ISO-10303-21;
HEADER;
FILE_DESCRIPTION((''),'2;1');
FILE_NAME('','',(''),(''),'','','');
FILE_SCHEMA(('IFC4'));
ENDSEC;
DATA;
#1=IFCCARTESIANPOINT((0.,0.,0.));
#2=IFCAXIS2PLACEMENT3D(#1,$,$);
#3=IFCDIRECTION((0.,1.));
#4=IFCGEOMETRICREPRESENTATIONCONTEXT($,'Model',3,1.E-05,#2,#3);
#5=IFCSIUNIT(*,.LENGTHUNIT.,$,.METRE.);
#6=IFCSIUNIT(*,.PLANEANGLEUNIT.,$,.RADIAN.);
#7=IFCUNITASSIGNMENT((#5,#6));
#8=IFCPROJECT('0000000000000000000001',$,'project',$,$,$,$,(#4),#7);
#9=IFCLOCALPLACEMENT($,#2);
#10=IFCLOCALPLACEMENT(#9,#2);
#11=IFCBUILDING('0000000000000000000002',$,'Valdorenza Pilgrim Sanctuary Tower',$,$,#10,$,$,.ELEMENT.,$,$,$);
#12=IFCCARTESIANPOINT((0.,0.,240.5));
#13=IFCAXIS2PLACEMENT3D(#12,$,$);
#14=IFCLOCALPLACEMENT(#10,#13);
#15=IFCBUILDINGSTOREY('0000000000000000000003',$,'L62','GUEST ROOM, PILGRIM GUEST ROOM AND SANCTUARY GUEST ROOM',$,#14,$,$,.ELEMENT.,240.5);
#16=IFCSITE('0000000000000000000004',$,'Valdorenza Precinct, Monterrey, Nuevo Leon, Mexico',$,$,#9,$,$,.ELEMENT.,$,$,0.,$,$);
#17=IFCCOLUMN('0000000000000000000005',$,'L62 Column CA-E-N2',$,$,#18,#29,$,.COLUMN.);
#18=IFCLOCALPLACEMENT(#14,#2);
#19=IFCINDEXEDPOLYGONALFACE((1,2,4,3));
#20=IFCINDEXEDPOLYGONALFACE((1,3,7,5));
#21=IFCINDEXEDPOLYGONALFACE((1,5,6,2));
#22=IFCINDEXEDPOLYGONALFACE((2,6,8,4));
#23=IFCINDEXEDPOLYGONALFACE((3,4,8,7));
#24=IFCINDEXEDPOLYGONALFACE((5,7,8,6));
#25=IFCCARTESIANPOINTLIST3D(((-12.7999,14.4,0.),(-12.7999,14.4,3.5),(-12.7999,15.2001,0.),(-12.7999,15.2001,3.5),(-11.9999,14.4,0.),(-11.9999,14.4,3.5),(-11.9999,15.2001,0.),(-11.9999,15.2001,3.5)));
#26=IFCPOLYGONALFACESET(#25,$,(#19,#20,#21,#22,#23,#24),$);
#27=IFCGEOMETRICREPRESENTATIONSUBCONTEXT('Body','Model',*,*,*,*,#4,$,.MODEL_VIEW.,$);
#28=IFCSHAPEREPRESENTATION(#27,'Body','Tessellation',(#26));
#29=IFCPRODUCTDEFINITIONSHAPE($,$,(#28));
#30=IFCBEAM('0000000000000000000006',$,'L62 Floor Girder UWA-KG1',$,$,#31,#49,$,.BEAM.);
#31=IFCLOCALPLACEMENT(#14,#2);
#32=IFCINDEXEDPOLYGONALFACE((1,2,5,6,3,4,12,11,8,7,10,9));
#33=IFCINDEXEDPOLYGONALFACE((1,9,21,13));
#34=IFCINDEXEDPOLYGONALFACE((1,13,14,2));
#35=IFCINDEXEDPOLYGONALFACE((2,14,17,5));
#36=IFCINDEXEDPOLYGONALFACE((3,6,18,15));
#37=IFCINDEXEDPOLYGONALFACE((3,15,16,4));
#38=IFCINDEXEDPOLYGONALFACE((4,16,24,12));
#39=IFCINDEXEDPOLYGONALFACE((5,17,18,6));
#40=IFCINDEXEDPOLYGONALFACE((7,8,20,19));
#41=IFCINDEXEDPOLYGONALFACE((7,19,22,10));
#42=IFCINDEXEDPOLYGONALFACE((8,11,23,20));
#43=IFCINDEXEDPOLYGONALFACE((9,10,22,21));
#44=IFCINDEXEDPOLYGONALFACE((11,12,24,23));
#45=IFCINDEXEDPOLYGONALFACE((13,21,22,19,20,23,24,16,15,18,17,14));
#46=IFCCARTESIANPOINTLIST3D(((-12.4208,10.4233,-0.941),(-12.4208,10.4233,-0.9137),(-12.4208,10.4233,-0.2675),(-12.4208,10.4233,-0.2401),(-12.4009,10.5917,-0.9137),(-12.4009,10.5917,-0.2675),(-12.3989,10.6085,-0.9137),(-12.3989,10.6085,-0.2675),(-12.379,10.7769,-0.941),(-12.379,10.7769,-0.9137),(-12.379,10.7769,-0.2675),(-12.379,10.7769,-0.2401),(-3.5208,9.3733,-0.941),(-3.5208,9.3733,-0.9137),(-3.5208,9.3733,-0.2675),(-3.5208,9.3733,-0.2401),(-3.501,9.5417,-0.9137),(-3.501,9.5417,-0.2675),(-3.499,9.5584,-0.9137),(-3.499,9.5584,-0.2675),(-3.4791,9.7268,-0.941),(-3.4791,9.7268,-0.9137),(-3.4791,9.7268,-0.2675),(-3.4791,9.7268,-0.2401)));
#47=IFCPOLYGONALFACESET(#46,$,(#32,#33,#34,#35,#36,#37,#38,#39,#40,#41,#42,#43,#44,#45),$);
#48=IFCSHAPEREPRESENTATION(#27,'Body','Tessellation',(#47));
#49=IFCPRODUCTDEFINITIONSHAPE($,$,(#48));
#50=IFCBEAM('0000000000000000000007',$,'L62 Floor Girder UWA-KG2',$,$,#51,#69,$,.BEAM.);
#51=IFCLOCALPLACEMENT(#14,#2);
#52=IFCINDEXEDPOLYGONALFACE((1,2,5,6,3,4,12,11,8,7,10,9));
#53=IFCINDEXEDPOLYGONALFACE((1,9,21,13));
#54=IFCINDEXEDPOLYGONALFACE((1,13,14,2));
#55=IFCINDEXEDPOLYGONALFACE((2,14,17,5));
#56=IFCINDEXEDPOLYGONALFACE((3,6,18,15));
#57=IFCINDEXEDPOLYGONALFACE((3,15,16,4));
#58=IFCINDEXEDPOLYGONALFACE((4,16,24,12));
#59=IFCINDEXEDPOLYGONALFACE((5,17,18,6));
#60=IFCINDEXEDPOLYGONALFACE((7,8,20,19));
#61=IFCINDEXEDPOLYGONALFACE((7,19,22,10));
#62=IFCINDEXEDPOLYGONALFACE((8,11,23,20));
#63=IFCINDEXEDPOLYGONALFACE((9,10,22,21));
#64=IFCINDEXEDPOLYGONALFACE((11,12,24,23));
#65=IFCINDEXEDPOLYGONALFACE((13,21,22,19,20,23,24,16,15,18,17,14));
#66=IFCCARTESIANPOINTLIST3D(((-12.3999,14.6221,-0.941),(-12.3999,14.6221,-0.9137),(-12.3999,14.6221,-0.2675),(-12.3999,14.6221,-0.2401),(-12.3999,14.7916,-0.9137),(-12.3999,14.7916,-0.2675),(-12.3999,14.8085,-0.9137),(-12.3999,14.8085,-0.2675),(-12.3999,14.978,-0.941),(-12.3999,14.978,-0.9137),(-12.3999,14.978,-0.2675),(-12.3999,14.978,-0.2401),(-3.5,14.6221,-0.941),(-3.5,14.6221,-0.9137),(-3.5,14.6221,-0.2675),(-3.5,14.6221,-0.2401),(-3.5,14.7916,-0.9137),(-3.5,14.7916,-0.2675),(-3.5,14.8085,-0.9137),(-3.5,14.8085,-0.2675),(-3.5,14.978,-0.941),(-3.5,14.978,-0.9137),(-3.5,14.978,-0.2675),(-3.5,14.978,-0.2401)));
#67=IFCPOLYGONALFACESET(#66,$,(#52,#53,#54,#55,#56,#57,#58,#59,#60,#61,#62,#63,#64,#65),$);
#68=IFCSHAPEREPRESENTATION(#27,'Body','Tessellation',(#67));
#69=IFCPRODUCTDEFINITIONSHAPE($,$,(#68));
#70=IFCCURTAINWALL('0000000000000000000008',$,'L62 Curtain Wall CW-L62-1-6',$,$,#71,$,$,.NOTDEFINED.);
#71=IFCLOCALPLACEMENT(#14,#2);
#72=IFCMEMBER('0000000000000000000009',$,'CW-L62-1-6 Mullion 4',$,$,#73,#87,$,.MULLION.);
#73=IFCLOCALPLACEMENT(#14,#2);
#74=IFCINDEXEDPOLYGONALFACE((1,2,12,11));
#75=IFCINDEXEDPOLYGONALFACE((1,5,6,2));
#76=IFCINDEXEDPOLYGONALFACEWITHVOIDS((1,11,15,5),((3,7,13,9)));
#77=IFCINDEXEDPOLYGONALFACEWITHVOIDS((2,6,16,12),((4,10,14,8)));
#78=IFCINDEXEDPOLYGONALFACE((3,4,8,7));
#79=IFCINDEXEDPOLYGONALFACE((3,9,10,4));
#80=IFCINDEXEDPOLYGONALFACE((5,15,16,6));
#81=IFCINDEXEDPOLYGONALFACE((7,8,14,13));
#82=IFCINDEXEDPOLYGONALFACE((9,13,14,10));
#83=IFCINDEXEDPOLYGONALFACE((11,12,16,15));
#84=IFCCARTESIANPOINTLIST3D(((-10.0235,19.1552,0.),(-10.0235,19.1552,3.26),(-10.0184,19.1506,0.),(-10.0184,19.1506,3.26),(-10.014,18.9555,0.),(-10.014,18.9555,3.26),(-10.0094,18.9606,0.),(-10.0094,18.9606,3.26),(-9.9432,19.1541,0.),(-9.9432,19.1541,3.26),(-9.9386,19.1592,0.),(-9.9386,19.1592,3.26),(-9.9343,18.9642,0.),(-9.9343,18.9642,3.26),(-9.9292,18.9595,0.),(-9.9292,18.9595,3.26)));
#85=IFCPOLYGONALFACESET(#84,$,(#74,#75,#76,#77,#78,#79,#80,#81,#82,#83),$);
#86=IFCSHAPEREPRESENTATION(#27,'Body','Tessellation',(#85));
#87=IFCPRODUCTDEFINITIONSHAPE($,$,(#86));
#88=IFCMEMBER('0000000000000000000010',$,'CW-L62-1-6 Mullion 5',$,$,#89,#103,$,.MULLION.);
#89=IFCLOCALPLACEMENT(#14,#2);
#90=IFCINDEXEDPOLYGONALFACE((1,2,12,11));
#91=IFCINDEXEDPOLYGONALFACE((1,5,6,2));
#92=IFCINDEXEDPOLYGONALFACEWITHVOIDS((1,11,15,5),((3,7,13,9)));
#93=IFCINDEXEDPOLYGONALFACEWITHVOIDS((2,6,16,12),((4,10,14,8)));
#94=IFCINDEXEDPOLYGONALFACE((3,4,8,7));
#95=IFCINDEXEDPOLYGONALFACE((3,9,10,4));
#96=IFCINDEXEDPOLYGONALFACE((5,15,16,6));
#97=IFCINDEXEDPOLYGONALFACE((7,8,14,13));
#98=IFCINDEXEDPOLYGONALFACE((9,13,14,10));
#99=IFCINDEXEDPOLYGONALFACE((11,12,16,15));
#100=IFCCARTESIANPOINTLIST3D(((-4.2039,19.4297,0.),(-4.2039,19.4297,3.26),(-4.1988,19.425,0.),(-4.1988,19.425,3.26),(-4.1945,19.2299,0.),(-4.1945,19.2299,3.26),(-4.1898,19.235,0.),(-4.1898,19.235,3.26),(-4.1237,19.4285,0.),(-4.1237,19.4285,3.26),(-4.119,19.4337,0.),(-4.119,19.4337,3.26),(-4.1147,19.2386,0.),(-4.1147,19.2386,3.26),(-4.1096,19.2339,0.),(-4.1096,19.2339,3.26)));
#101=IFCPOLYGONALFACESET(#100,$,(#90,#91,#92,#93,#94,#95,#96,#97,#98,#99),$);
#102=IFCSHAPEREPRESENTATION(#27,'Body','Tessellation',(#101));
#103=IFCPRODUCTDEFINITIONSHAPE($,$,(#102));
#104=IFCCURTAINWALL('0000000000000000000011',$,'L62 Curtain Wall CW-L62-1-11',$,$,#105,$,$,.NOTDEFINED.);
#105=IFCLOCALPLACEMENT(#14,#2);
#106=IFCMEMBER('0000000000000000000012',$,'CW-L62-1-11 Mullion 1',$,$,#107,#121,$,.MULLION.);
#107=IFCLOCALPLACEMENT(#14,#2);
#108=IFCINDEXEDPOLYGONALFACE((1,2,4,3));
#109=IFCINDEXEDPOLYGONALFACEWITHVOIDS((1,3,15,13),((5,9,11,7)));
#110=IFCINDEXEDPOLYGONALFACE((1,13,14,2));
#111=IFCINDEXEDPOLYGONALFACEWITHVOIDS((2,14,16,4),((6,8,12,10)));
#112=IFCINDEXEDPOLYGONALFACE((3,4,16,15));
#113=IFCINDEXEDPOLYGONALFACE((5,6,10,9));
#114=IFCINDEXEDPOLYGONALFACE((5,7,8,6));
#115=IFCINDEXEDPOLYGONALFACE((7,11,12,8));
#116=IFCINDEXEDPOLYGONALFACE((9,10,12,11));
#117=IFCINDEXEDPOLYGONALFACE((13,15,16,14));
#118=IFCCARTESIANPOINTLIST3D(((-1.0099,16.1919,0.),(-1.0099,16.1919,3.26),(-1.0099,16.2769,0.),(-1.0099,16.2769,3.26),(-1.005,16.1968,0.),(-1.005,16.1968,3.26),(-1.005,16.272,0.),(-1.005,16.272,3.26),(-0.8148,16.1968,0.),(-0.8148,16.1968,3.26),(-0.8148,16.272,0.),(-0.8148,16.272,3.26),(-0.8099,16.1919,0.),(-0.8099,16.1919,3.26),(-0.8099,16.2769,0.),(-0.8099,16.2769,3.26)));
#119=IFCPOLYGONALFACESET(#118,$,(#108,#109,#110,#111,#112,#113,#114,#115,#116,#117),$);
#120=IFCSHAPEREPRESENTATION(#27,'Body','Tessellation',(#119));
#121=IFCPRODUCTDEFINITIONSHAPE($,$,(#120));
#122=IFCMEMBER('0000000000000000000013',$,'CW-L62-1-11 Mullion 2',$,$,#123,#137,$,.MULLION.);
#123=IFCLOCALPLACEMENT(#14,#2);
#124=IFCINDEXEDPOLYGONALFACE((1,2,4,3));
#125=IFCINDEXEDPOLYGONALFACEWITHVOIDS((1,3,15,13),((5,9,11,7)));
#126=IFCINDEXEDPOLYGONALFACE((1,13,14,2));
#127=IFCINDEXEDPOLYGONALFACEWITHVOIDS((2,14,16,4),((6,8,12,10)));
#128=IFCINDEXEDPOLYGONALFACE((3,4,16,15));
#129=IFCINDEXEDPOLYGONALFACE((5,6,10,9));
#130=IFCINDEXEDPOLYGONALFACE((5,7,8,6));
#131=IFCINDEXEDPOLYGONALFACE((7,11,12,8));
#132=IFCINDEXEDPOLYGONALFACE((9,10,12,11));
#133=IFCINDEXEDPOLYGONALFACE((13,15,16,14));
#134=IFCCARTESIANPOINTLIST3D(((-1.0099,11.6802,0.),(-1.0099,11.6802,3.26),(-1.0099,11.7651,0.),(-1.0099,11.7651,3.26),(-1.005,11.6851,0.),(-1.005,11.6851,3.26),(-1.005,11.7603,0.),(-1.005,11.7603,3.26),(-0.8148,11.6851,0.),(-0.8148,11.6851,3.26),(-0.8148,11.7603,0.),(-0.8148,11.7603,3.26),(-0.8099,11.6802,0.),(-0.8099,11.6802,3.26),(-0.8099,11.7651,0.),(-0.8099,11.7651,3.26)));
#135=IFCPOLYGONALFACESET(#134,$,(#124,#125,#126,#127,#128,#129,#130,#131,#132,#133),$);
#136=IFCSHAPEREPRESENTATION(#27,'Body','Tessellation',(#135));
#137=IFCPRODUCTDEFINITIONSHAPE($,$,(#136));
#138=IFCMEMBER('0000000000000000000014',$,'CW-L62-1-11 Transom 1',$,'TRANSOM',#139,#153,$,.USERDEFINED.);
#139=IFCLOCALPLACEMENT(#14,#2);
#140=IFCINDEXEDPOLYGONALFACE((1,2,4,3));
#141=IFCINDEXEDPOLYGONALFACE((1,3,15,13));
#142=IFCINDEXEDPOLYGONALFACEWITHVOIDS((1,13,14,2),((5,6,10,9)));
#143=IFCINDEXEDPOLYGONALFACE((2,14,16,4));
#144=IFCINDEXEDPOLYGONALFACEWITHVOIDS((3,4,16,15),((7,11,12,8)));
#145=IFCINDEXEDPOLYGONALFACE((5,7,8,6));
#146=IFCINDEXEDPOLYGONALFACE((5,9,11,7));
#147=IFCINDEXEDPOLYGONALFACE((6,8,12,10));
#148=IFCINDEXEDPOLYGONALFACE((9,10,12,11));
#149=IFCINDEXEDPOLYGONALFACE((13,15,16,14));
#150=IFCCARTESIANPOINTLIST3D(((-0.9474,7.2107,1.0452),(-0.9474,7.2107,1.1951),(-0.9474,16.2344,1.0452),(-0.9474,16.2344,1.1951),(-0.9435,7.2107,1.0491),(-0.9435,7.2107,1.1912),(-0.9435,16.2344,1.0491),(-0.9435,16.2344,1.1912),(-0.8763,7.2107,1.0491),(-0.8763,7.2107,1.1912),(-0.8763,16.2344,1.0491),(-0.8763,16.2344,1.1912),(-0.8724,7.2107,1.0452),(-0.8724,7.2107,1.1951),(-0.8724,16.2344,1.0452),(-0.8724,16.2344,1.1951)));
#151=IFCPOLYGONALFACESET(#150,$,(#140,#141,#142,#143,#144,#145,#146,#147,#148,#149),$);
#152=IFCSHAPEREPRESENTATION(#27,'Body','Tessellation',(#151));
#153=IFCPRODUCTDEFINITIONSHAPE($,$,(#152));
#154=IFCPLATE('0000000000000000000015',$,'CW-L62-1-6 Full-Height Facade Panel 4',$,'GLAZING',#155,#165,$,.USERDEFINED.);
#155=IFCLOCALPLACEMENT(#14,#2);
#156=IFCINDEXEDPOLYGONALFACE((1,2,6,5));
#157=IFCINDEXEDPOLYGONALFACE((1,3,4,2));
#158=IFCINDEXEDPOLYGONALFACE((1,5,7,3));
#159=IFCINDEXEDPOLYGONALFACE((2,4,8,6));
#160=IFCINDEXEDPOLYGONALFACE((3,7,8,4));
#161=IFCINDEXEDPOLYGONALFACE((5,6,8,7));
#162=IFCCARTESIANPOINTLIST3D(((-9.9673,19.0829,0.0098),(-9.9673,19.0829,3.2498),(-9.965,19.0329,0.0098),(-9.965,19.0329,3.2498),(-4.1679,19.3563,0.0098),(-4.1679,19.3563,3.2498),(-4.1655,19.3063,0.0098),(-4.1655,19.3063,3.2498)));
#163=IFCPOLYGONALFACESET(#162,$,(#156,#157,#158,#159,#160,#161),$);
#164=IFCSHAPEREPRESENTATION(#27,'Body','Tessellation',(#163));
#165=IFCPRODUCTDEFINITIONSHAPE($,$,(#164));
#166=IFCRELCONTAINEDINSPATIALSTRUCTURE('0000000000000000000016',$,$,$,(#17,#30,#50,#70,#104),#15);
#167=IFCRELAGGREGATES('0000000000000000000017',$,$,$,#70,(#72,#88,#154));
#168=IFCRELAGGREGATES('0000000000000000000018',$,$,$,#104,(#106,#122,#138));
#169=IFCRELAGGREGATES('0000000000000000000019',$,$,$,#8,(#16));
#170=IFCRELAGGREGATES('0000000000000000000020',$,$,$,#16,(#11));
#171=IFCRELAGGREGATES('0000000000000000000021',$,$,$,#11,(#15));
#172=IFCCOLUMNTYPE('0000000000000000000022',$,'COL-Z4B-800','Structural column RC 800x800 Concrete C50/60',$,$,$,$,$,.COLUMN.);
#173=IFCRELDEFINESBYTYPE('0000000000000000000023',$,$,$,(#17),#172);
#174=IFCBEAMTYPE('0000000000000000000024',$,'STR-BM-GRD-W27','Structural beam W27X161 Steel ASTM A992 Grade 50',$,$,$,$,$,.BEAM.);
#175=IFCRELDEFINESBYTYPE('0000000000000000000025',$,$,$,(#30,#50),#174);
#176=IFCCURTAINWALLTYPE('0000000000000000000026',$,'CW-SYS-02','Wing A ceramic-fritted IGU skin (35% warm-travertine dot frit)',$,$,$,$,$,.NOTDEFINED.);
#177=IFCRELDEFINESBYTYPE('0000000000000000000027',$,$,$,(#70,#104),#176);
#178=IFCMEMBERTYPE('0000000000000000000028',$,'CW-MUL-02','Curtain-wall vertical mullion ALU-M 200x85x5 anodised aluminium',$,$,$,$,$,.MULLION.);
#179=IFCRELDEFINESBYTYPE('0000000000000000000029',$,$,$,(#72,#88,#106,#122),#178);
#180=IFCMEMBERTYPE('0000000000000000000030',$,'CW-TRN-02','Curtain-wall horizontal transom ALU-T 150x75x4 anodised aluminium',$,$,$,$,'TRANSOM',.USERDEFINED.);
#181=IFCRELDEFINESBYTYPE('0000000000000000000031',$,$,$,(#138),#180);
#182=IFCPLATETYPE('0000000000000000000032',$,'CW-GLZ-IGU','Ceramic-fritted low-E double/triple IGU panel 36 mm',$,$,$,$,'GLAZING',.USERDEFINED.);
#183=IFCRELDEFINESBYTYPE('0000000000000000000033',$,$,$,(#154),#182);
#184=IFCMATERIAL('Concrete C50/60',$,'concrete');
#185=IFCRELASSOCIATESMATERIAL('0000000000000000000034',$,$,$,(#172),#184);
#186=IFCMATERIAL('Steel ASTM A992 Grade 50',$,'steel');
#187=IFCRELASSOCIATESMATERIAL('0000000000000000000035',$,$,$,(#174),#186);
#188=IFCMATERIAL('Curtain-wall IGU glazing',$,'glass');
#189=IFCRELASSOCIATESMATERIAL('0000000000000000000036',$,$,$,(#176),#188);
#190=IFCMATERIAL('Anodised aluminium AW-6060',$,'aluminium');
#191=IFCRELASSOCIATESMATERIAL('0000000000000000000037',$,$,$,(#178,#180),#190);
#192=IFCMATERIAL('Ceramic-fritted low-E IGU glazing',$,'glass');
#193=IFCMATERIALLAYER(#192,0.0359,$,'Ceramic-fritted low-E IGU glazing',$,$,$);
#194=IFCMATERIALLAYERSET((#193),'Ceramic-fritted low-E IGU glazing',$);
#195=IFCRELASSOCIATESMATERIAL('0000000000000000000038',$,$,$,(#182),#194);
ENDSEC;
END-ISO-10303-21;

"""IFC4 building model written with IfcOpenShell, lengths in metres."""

from ifc_helpers import new_model, si_unit, direction, frame, origin, origin_2d, place, context, subcontext, project, spatial, rectangle, hollow_rectangle, i_section, extrude, source, transform, mapped, material, layer, layer_set, material_profile, profile_set, type_object, element, aggregate, save


model = new_model("IFC4")

# Units and contexts
model_context = context("Model", 3, precision=1e-05, world=origin(), true_north=direction((0.0, 1.0)))
body_context = subcontext(model_context, "Body", "Model", "MODEL_VIEW")
ifc_project = project(units=[si_unit("LENGTHUNIT", "METRE"), si_unit("PLANEANGLEUNIT", "RADIAN")], contexts=[model_context])

# Site, building, storey
site_placement = place(None, origin())
site = spatial("IfcSite", under=ifc_project, at=site_placement, Name="Valdorenza Precinct, Monterrey, Nuevo Leon, Mexico", CompositionType="ELEMENT", RefElevation=0.0)
building_placement = place(site_placement, origin())
building = spatial("IfcBuilding", under=site, at=building_placement, Name="Valdorenza Pilgrim Sanctuary Tower", CompositionType="ELEMENT")
storey_placement = place(building_placement, frame((0.0, 0.0, 240.5)))
storey = spatial("IfcBuildingStorey", under=building, at=storey_placement, Name="L62", Description="GUEST ROOM, PILGRIM GUEST ROOM AND SANCTUARY GUEST ROOM", CompositionType="ELEMENT", Elevation=240.5)

# Column
ifc_material_1 = material(Name="Concrete C50/60", Category="concrete")
ifc_material_profile_1 = material_profile(ifc_material_1, rectangle(XDim=0.8, YDim=0.8, at=origin_2d()), Name="RC 800x800")
ifc_profile_set_1 = profile_set([ifc_material_profile_1], Name="Concrete C50/60")
column_type = type_object("IfcColumnType", Name="COL-Z4B-800", Description="Structural column RC 800x800 Concrete C50/60", PredefinedType="COLUMN", material=ifc_profile_set_1)
shared_shape_1 = source(origin(), body_context, "Body", "SweptSolid", [
    extrude(rectangle(XDim=0.8, YDim=0.8, at=origin_2d()), origin(), (0.0, 0.0, 1.0), 3.5),
])
column_placement = place(storey_placement, frame((-12.3999, 14.8, 0.0), z_axis=(0.0, 0.0, 1.0), x_axis=(1.0, 0.0, 0.0)))
element("IfcColumn", 1, at=column_placement, inside=storey, type_object=column_type, Name="L62 Column CA-E-N2", PredefinedType="COLUMN", context=body_context, shape_type="MappedRepresentation", body=[
    mapped(shared_shape_1, transform((0.0, 0.0, 0.0), x_axis=(1.0, 0.0, 0.0), y_axis=(0.0, 1.0, 0.0), z_axis=(0.0, 0.0, 1.0), scale=1.0)),
])

# Beams
ifc_material_2 = material(Name="Steel ASTM A992 Grade 50", Category="steel")
ifc_material_profile_2 = material_profile(ifc_material_2, i_section(OverallWidth=0.356, OverallDepth=0.7009, WebThickness=0.0168, FlangeThickness=0.0273, at=origin_2d()), Name="W27X161")
ifc_profile_set_2 = profile_set([ifc_material_profile_2], Name="Steel ASTM A992 Grade 50")
beam_type = type_object("IfcBeamType", Name="STR-BM-GRD-W27", Description="Structural beam W27X161 Steel ASTM A992 Grade 50", PredefinedType="BEAM", material=ifc_profile_set_2)
shared_shape_2 = source(origin(), body_context, "Body", "SweptSolid", [
    extrude(i_section(OverallWidth=0.356, OverallDepth=0.7009, WebThickness=0.0168, FlangeThickness=0.0273, at=origin_2d()), origin(), (0.0, 0.0, 1.0), 8.9617),
])
beam_1_placement = place(storey_placement, frame((-12.3999, 10.6001, -0.5906), z_axis=(0.993112, -0.117172, 0.0), x_axis=(0.117172, 0.993112, 0.0)))
element("IfcBeam", 2, at=beam_1_placement, inside=storey, type_object=beam_type, Name="L62 Floor Girder UWA-KG1", PredefinedType="BEAM", context=body_context, shape_type="MappedRepresentation", body=[
    mapped(shared_shape_2, transform((0.0, 0.0, 0.0), x_axis=(1.0, 0.0, 0.0), y_axis=(0.0, 1.0, 0.0), z_axis=(0.0, 0.0, 1.0), scale=1.0)),
])
shared_shape_3 = source(origin(), body_context, "Body", "SweptSolid", [
    extrude(i_section(OverallWidth=0.356, OverallDepth=0.7009, WebThickness=0.0168, FlangeThickness=0.0273, at=origin_2d()), origin(), (0.0, 0.0, 1.0), 8.8999),
])
beam_2_placement = place(storey_placement, frame((-12.3999, 14.8, -0.5906), z_axis=(1.0, 0.0, 0.0), x_axis=(0.0, 1.0, 0.0)))
element("IfcBeam", 3, at=beam_2_placement, inside=storey, type_object=beam_type, Name="L62 Floor Girder UWA-KG2", PredefinedType="BEAM", context=body_context, shape_type="MappedRepresentation", body=[
    mapped(shared_shape_3, transform((0.0, 0.0, 0.0), x_axis=(1.0, 0.0, 0.0), y_axis=(0.0, 1.0, 0.0), z_axis=(0.0, 0.0, 1.0), scale=1.0)),
])

# Curtain walls, members
ifc_material_3 = material(Name="Curtain-wall IGU glazing", Category="glass")
curtain_wall_type = type_object("IfcCurtainWallType", Name="CW-SYS-02", Description="Wing A ceramic-fritted IGU skin (35% warm-travertine dot frit)", PredefinedType="NOTDEFINED", material=ifc_material_3)
curtain_wall_1_placement = place(storey_placement, origin())
curtain_wall_1 = element("IfcCurtainWall", 4, at=curtain_wall_1_placement, inside=storey, type_object=curtain_wall_type, Name="L62 Curtain Wall CW-L62-1-6", PredefinedType="NOTDEFINED")
ifc_material_4 = material(Name="Anodised aluminium AW-6060", Category="aluminium")
ifc_material_profile_3 = material_profile(ifc_material_4, hollow_rectangle(XDim=0.085, YDim=0.2, WallThickness=0.0049, at=origin_2d()), Name="ALU-M 200x85x5")
ifc_profile_set_3 = profile_set([ifc_material_profile_3], Name="Anodised aluminium AW-6060")
member_type_1 = type_object("IfcMemberType", Name="CW-MUL-02", Description="Curtain-wall vertical mullion ALU-M 200x85x5 anodised aluminium", PredefinedType="MULLION", material=ifc_profile_set_3)
shared_shape_4 = source(origin(), body_context, "Body", "SweptSolid", [
    extrude(hollow_rectangle(XDim=0.085, YDim=0.2, WallThickness=0.0049, at=origin_2d()), origin(), (0.0, 0.0, 1.0), 3.26),
])
member_1_placement = place(storey_placement, frame((-9.9763, 19.0574, 0.0), z_axis=(0.0, 0.0, 1.0), x_axis=(0.998891, 0.047089, 0.0)))
member_1 = element("IfcMember", 5, at=member_1_placement, type_object=member_type_1, Name="CW-L62-1-6 Mullion 4", PredefinedType="MULLION", context=body_context, shape_type="MappedRepresentation", body=[
    mapped(shared_shape_4, transform((0.0, 0.0, 0.0), x_axis=(1.0, 0.0, 0.0), y_axis=(0.0, 1.0, 0.0), z_axis=(0.0, 0.0, 1.0), scale=1.0)),
])
member_2_placement = place(storey_placement, frame((-4.1567, 19.3318, 0.0), z_axis=(0.0, 0.0, 1.0), x_axis=(0.998891, 0.047089, 0.0)))
member_2 = element("IfcMember", 6, at=member_2_placement, type_object=member_type_1, Name="CW-L62-1-6 Mullion 5", PredefinedType="MULLION", context=body_context, shape_type="MappedRepresentation", body=[
    mapped(shared_shape_4, transform((0.0, 0.0, 0.0), x_axis=(1.0, 0.0, 0.0), y_axis=(0.0, 1.0, 0.0), z_axis=(0.0, 0.0, 1.0), scale=1.0)),
])
curtain_wall_2_placement = place(storey_placement, origin())
curtain_wall_2 = element("IfcCurtainWall", 7, at=curtain_wall_2_placement, inside=storey, type_object=curtain_wall_type, Name="L62 Curtain Wall CW-L62-1-11", PredefinedType="NOTDEFINED")
member_3_placement = place(storey_placement, frame((-0.9099, 16.2344, 0.0), z_axis=(0.0, 0.0, 1.0), x_axis=(0.0, -1.0, 0.0)))
member_3 = element("IfcMember", 8, at=member_3_placement, type_object=member_type_1, Name="CW-L62-1-11 Mullion 1", PredefinedType="MULLION", context=body_context, shape_type="MappedRepresentation", body=[
    mapped(shared_shape_4, transform((0.0, 0.0, 0.0), x_axis=(1.0, 0.0, 0.0), y_axis=(0.0, 1.0, 0.0), z_axis=(0.0, 0.0, 1.0), scale=1.0)),
])
member_4_placement = place(storey_placement, frame((-0.9099, 11.7227, 0.0), z_axis=(0.0, 0.0, 1.0), x_axis=(0.0, -1.0, 0.0)))
member_4 = element("IfcMember", 9, at=member_4_placement, type_object=member_type_1, Name="CW-L62-1-11 Mullion 2", PredefinedType="MULLION", context=body_context, shape_type="MappedRepresentation", body=[
    mapped(shared_shape_4, transform((0.0, 0.0, 0.0), x_axis=(1.0, 0.0, 0.0), y_axis=(0.0, 1.0, 0.0), z_axis=(0.0, 0.0, 1.0), scale=1.0)),
])
ifc_material_profile_4 = material_profile(ifc_material_4, hollow_rectangle(XDim=0.075, YDim=0.1499, WallThickness=0.0039, at=origin_2d()), Name="ALU-T 150x75x4")
ifc_profile_set_4 = profile_set([ifc_material_profile_4], Name="Anodised aluminium AW-6060")
member_type_2 = type_object("IfcMemberType", Name="CW-TRN-02", Description="Curtain-wall horizontal transom ALU-T 150x75x4 anodised aluminium", ElementType="TRANSOM", PredefinedType="USERDEFINED", material=ifc_profile_set_4)
shared_shape_5 = source(origin(), body_context, "Body", "SweptSolid", [
    extrude(hollow_rectangle(XDim=0.075, YDim=0.1499, WallThickness=0.0039, at=origin_2d()), origin(), (0.0, 0.0, 1.0), 9.0237),
])
member_5_placement = place(storey_placement, frame((-0.9099, 16.2344, 1.1201), z_axis=(0.0, -1.0, 0.0), x_axis=(1.0, 0.0, 0.0)))
member_5 = element("IfcMember", 10, at=member_5_placement, type_object=member_type_2, Name="CW-L62-1-11 Transom 1", ObjectType="TRANSOM", PredefinedType="USERDEFINED", context=body_context, shape_type="MappedRepresentation", body=[
    mapped(shared_shape_5, transform((0.0, 0.0, 0.0), x_axis=(1.0, 0.0, 0.0), y_axis=(0.0, 1.0, 0.0), z_axis=(0.0, 0.0, 1.0), scale=1.0)),
])

# Plate
ifc_material_5 = material(Name="Ceramic-fritted low-E IGU glazing", Category="glass")
ifc_layer_1 = layer(ifc_material_5, 0.0359, Name="Ceramic-fritted low-E IGU glazing")
ifc_layer_set_1 = layer_set([ifc_layer_1], Name="Ceramic-fritted low-E IGU glazing")
plate_type_1 = type_object("IfcPlateType", Name="CW-GLZ-IGU", Description="Ceramic-fritted low-E double/triple IGU panel 36 mm", ElementType="GLAZING", PredefinedType="USERDEFINED", material=ifc_layer_set_1)
shared_shape_6 = source(origin(), body_context, "Body", "SweptSolid", [
    extrude(rectangle(XDim=5.8059, YDim=0.05, at=origin_2d()), origin(), (0.0, 0.0, 1.0), 3.24),
])
plate_1_placement = place(storey_placement, frame((-7.0664, 19.1946, 0.0098), z_axis=(0.0, 0.0, 1.0), x_axis=(0.998891, 0.047089, 0.0)))
plate_1 = element("IfcPlate", 11, at=plate_1_placement, type_object=plate_type_1, Name="CW-L62-1-6 Full-Height Facade Panel 4", ObjectType="GLAZING", PredefinedType="USERDEFINED", context=body_context, shape_type="MappedRepresentation", body=[
    mapped(shared_shape_6, transform((0.0, 0.0, 0.0), x_axis=(1.0, 0.0, 0.0), y_axis=(0.0, 1.0, 0.0), z_axis=(0.0, 0.0, 1.0), scale=1.0)),
])
aggregate(curtain_wall_1, [member_1, member_2, plate_1])
aggregate(curtain_wall_2, [member_3, member_4, member_5])

save(model, "model.ifc")
